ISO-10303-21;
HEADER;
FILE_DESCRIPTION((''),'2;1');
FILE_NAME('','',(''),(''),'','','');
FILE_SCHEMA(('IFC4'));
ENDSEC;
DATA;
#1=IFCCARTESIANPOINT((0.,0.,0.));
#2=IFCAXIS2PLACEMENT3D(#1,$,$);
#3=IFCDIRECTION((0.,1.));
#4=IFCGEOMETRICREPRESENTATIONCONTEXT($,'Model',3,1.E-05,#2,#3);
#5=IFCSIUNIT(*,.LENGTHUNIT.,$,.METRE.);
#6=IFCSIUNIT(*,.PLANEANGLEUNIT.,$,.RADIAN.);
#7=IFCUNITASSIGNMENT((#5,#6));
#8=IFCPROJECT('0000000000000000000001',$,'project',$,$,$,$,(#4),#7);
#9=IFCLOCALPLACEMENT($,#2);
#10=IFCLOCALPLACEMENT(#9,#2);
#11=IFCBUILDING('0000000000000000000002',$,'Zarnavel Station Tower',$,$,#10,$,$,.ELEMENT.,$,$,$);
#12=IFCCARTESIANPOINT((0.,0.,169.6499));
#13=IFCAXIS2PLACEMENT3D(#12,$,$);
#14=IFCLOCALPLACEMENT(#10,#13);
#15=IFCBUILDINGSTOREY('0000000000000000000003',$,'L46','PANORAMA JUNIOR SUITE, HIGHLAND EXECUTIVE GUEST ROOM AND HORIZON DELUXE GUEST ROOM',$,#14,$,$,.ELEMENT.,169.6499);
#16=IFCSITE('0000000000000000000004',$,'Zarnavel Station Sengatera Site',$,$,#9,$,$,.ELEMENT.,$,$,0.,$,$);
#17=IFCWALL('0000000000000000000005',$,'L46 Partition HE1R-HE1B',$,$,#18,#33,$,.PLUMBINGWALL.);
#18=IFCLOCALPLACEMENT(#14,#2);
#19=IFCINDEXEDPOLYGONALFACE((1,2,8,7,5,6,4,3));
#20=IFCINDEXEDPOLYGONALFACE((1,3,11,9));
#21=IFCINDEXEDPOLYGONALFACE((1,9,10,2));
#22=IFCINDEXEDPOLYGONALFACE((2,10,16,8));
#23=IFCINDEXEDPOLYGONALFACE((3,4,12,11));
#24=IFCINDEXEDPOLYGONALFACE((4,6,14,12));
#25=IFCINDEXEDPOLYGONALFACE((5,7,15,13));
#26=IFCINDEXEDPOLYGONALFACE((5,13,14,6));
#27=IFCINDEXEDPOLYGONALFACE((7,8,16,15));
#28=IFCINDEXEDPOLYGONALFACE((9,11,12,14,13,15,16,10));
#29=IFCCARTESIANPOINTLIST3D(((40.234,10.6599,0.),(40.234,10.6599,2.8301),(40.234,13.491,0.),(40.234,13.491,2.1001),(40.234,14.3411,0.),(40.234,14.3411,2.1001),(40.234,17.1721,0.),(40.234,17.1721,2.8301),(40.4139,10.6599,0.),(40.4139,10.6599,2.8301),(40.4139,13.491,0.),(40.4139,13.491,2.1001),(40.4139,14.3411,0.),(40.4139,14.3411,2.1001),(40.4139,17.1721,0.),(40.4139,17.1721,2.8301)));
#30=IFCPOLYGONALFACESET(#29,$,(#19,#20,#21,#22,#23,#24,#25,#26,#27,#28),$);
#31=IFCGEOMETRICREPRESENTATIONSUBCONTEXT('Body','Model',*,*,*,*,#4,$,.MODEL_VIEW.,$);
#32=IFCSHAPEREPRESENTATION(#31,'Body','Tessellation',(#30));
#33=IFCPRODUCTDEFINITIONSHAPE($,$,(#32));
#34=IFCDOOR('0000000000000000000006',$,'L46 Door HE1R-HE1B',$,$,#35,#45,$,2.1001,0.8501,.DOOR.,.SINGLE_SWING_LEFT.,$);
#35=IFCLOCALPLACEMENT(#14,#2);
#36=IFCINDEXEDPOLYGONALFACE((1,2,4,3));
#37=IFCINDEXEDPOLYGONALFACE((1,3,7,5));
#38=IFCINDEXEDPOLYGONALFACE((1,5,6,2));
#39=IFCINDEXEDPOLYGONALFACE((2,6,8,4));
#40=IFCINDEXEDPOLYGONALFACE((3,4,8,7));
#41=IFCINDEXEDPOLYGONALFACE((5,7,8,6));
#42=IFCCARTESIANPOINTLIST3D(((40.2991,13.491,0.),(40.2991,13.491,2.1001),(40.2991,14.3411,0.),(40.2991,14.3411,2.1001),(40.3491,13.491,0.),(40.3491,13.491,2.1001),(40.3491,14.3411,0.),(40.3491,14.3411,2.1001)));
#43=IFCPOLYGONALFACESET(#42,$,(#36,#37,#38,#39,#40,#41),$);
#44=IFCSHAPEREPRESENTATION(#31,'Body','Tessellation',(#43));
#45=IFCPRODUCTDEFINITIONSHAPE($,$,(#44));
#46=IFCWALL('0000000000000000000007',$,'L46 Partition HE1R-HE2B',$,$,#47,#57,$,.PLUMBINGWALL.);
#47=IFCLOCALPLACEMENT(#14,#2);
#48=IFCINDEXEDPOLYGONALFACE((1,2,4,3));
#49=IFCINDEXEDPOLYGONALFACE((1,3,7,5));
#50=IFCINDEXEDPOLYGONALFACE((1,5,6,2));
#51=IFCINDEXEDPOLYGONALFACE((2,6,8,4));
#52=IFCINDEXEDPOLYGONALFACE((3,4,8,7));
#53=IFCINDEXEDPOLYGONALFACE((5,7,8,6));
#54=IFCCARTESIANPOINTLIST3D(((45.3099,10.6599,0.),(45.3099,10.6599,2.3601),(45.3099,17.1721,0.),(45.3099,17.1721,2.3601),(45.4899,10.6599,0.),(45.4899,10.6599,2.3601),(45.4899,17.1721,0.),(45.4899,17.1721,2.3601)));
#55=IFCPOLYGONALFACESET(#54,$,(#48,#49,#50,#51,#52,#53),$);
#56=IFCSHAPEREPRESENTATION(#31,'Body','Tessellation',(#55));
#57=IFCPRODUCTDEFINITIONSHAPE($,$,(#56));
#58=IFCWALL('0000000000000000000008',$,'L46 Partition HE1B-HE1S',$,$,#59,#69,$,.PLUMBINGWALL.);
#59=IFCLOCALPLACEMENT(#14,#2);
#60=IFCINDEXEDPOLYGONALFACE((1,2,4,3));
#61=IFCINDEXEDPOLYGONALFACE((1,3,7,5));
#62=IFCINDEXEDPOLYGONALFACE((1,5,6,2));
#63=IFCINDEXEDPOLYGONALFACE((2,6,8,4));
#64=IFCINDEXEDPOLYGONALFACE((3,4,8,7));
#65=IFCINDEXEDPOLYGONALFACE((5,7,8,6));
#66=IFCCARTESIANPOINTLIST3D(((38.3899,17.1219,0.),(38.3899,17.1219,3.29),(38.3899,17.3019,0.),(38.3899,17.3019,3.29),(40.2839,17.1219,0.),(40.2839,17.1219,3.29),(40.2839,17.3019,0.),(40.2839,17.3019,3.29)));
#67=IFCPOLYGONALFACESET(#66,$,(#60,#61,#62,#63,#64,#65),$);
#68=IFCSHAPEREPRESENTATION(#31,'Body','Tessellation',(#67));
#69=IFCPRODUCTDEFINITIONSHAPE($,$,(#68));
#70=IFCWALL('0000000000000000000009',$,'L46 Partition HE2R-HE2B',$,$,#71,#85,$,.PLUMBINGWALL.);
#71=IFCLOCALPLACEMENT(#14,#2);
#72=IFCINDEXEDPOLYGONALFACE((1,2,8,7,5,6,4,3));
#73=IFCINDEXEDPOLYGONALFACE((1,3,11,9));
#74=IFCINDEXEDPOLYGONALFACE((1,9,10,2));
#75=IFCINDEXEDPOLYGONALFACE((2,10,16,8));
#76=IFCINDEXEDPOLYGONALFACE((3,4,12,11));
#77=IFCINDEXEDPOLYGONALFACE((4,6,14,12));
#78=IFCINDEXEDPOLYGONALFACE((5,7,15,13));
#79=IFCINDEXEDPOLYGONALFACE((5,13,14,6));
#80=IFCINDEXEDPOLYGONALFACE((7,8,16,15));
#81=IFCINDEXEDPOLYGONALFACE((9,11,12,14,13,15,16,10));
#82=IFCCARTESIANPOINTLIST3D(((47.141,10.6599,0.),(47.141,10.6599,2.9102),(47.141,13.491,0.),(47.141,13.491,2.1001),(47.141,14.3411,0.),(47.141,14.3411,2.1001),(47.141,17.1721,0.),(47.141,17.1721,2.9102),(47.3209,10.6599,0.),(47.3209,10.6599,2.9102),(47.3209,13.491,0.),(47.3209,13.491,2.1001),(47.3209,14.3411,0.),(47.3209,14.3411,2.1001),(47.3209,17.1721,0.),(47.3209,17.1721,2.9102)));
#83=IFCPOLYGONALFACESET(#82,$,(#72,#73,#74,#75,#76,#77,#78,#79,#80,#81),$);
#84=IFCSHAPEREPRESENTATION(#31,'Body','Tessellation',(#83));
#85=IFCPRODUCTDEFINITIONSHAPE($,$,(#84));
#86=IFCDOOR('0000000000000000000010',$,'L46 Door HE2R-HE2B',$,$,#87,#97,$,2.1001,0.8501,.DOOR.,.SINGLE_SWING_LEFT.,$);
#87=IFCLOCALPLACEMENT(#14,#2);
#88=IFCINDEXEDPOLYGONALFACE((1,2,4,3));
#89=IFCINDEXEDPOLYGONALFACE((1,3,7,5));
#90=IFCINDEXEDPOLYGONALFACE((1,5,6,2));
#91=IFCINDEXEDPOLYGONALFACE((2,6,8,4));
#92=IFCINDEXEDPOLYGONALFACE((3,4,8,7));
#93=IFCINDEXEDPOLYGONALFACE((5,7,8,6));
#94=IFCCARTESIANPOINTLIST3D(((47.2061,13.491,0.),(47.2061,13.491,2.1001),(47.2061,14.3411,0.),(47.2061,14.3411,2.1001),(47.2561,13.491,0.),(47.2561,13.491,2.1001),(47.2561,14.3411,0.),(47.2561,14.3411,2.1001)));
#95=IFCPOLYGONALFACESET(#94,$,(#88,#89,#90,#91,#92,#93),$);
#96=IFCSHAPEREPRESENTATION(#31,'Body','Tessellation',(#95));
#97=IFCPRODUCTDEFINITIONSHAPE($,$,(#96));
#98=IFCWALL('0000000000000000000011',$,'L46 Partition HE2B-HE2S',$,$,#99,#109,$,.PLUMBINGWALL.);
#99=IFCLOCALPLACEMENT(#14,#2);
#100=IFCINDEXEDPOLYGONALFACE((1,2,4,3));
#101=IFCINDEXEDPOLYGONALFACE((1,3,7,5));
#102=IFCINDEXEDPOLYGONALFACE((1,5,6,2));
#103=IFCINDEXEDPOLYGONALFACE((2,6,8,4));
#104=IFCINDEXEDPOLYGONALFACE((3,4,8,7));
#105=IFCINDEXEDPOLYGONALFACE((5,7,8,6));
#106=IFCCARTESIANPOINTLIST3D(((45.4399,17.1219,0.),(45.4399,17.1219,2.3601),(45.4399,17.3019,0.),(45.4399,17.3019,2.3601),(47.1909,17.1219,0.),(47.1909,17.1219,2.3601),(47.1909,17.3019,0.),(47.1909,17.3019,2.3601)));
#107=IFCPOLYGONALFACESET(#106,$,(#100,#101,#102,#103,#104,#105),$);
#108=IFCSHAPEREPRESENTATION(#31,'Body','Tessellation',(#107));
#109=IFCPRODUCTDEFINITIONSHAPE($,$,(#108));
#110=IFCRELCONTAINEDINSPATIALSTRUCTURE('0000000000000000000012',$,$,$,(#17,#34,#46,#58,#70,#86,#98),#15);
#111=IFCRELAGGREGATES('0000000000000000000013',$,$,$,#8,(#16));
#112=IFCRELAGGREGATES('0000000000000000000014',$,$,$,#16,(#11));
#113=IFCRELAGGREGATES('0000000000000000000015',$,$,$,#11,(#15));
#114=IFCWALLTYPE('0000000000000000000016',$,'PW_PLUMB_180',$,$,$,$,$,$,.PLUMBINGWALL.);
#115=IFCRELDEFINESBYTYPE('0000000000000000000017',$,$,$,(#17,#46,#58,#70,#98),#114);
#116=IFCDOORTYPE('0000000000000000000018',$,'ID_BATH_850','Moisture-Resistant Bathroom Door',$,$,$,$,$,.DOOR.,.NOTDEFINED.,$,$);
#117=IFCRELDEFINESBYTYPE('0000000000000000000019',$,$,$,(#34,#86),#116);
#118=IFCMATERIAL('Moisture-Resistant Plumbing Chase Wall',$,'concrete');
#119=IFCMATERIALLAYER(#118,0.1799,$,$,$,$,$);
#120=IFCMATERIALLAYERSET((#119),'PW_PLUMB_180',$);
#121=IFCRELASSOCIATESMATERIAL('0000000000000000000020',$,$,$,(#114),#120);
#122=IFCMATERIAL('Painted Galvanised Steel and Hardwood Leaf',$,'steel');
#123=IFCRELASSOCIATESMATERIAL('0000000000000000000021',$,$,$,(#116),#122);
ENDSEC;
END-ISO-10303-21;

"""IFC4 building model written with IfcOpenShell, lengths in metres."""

from ifc_helpers import new_model, si_unit, direction, frame, frame_2d, origin, place, context, subcontext, project, spatial, rectangle, extrude, material, layer, layer_set, type_object, element, fill, save


model = new_model("IFC4")

# Units and contexts
model_context = context("Model", 3, precision=1e-05, world=origin(), true_north=direction((0.0, 1.0)))
body_context = subcontext(model_context, "Body", "Model", "MODEL_VIEW")
ifc_project = project(units=[si_unit("LENGTHUNIT", "METRE"), si_unit("PLANEANGLEUNIT", "RADIAN")], contexts=[model_context])

# Site, building, storey
site_placement = place(None, origin())
site = spatial("IfcSite", under=ifc_project, at=site_placement, Name="Zarnavel Station Sengatera Site", CompositionType="ELEMENT", RefElevation=0.0)
building_placement = place(site_placement, origin())
building = spatial("IfcBuilding", under=site, at=building_placement, Name="Zarnavel Station Tower", CompositionType="ELEMENT")
storey_placement = place(building_placement, frame((0.0, 0.0, 169.6499)))
storey = spatial("IfcBuildingStorey", under=building, at=storey_placement, Name="L46", Description="PANORAMA JUNIOR SUITE, HIGHLAND EXECUTIVE GUEST ROOM AND HORIZON DELUXE GUEST ROOM", CompositionType="ELEMENT", Elevation=169.6499)

# Shared definitions
ifc_material_1 = material(Name="Moisture-Resistant Plumbing Chase Wall", Category="concrete")
ifc_layer_1 = layer(ifc_material_1, 0.1799)
ifc_layer_set_1 = layer_set([ifc_layer_1], Name="PW_PLUMB_180")
wall_type_1 = type_object("IfcWallType", Name="PW_PLUMB_180", PredefinedType="PLUMBINGWALL", material=ifc_layer_set_1)

# Wall, opening, door
wall_1_placement = place(storey_placement, frame((40.324, 10.6599, 0.0), z_axis=(0.0, 0.0, 1.0), x_axis=(0.0, 1.0, 0.0)))
wall_1 = element("IfcWall", 1, at=wall_1_placement, inside=storey, type_object=wall_type_1, Name="L46 Partition HE1R-HE1B", PredefinedType="PLUMBINGWALL", context=body_context, shape_type="SweptSolid", body=[
    extrude(rectangle(XDim=6.5122, YDim=0.1799, at=frame_2d((3.2561, 0.0))), origin(), (0.0, 0.0, 1.0), 2.8301),
])
opening_1_placement = place(wall_1_placement, frame((2.8311, 0.0, 0.0)))
opening_1 = element("IfcOpeningElement", 2, at=opening_1_placement, cuts=wall_1, PredefinedType="OPENING", context=body_context, shape_type="SweptSolid", body=[
    extrude(rectangle(XDim=0.8501, YDim=2.1001, at=frame_2d((0.425, 1.05))), frame((0.0, 0.0999, 0.0), z_axis=(0.0, -1.0, 0.0), x_axis=(1.0, 0.0, 0.0)), (0.0, 0.0, 1.0), 0.2),
])
ifc_material_2 = material(Name="Painted Galvanised Steel and Hardwood Leaf", Category="steel")
door_type = type_object("IfcDoorType", Name="ID_BATH_850", Description="Moisture-Resistant Bathroom Door", OperationType="NOTDEFINED", PredefinedType="DOOR", material=ifc_material_2)
door_1_placement = place(opening_1_placement, origin())
door_1 = element("IfcDoor", 3, at=door_1_placement, inside=storey, type_object=door_type, Name="L46 Door HE1R-HE1B", OperationType="SINGLE_SWING_LEFT", OverallHeight=2.1001, OverallWidth=0.8501, PredefinedType="DOOR", context=body_context, shape_type="SweptSolid", body=[
    extrude(rectangle(XDim=0.8501, YDim=2.1001, at=frame_2d((0.425, 1.05))), frame((0.0, 0.0249, 0.0), z_axis=(0.0, -1.0, 0.0), x_axis=(1.0, 0.0, 0.0)), (0.0, 0.0, 1.0), 0.05),
])
fill(opening_1, door_1)

# Walls
wall_2_placement = place(storey_placement, frame((45.3999, 10.6599, 0.0), z_axis=(0.0, 0.0, 1.0), x_axis=(0.0, 1.0, 0.0)))
element("IfcWall", 4, at=wall_2_placement, inside=storey, type_object=wall_type_1, Name="L46 Partition HE1R-HE2B", PredefinedType="PLUMBINGWALL", context=body_context, shape_type="SweptSolid", body=[
    extrude(rectangle(XDim=6.5122, YDim=0.1799, at=frame_2d((3.2561, 0.0))), origin(), (0.0, 0.0, 1.0), 2.3601),
])
wall_3_placement = place(storey_placement, frame((38.3899, 17.2119, 0.0), z_axis=(0.0, 0.0, 1.0), x_axis=(1.0, 0.0, 0.0)))
element("IfcWall", 5, at=wall_3_placement, inside=storey, type_object=wall_type_1, Name="L46 Partition HE1B-HE1S", PredefinedType="PLUMBINGWALL", context=body_context, shape_type="SweptSolid", body=[
    extrude(rectangle(XDim=1.894, YDim=0.1799, at=frame_2d((0.947, 0.0))), origin(), (0.0, 0.0, 1.0), 3.29),
])

# Wall, opening, door
wall_4_placement = place(storey_placement, frame((47.231, 10.6599, 0.0), z_axis=(0.0, 0.0, 1.0), x_axis=(0.0, 1.0, 0.0)))
wall_4 = element("IfcWall", 6, at=wall_4_placement, inside=storey, type_object=wall_type_1, Name="L46 Partition HE2R-HE2B", PredefinedType="PLUMBINGWALL", context=body_context, shape_type="SweptSolid", body=[
    extrude(rectangle(XDim=6.5122, YDim=0.1799, at=frame_2d((3.2561, 0.0))), origin(), (0.0, 0.0, 1.0), 2.9102),
])
opening_2_placement = place(wall_4_placement, frame((2.8311, 0.0, 0.0)))
opening_2 = element("IfcOpeningElement", 7, at=opening_2_placement, cuts=wall_4, PredefinedType="OPENING", context=body_context, shape_type="SweptSolid", body=[
    extrude(rectangle(XDim=0.8501, YDim=2.1001, at=frame_2d((0.425, 1.05))), frame((0.0, 0.0999, 0.0), z_axis=(0.0, -1.0, 0.0), x_axis=(1.0, 0.0, 0.0)), (0.0, 0.0, 1.0), 0.2),
])
door_2_placement = place(opening_2_placement, origin())
door_2 = element("IfcDoor", 8, at=door_2_placement, inside=storey, type_object=door_type, Name="L46 Door HE2R-HE2B", OperationType="SINGLE_SWING_LEFT", OverallHeight=2.1001, OverallWidth=0.8501, PredefinedType="DOOR", context=body_context, shape_type="SweptSolid", body=[
    extrude(rectangle(XDim=0.8501, YDim=2.1001, at=frame_2d((0.425, 1.05))), frame((0.0, 0.0249, 0.0), z_axis=(0.0, -1.0, 0.0), x_axis=(1.0, 0.0, 0.0)), (0.0, 0.0, 1.0), 0.05),
])
fill(opening_2, door_2)

# Wall
wall_5_placement = place(storey_placement, frame((45.4399, 17.2119, 0.0), z_axis=(0.0, 0.0, 1.0), x_axis=(1.0, 0.0, 0.0)))
element("IfcWall", 9, at=wall_5_placement, inside=storey, type_object=wall_type_1, Name="L46 Partition HE2B-HE2S", PredefinedType="PLUMBINGWALL", context=body_context, shape_type="SweptSolid", body=[
    extrude(rectangle(XDim=1.751, YDim=0.1799, at=frame_2d((0.8755, 0.0))), origin(), (0.0, 0.0, 1.0), 2.3601),
])

save(model, "model.ifc")
